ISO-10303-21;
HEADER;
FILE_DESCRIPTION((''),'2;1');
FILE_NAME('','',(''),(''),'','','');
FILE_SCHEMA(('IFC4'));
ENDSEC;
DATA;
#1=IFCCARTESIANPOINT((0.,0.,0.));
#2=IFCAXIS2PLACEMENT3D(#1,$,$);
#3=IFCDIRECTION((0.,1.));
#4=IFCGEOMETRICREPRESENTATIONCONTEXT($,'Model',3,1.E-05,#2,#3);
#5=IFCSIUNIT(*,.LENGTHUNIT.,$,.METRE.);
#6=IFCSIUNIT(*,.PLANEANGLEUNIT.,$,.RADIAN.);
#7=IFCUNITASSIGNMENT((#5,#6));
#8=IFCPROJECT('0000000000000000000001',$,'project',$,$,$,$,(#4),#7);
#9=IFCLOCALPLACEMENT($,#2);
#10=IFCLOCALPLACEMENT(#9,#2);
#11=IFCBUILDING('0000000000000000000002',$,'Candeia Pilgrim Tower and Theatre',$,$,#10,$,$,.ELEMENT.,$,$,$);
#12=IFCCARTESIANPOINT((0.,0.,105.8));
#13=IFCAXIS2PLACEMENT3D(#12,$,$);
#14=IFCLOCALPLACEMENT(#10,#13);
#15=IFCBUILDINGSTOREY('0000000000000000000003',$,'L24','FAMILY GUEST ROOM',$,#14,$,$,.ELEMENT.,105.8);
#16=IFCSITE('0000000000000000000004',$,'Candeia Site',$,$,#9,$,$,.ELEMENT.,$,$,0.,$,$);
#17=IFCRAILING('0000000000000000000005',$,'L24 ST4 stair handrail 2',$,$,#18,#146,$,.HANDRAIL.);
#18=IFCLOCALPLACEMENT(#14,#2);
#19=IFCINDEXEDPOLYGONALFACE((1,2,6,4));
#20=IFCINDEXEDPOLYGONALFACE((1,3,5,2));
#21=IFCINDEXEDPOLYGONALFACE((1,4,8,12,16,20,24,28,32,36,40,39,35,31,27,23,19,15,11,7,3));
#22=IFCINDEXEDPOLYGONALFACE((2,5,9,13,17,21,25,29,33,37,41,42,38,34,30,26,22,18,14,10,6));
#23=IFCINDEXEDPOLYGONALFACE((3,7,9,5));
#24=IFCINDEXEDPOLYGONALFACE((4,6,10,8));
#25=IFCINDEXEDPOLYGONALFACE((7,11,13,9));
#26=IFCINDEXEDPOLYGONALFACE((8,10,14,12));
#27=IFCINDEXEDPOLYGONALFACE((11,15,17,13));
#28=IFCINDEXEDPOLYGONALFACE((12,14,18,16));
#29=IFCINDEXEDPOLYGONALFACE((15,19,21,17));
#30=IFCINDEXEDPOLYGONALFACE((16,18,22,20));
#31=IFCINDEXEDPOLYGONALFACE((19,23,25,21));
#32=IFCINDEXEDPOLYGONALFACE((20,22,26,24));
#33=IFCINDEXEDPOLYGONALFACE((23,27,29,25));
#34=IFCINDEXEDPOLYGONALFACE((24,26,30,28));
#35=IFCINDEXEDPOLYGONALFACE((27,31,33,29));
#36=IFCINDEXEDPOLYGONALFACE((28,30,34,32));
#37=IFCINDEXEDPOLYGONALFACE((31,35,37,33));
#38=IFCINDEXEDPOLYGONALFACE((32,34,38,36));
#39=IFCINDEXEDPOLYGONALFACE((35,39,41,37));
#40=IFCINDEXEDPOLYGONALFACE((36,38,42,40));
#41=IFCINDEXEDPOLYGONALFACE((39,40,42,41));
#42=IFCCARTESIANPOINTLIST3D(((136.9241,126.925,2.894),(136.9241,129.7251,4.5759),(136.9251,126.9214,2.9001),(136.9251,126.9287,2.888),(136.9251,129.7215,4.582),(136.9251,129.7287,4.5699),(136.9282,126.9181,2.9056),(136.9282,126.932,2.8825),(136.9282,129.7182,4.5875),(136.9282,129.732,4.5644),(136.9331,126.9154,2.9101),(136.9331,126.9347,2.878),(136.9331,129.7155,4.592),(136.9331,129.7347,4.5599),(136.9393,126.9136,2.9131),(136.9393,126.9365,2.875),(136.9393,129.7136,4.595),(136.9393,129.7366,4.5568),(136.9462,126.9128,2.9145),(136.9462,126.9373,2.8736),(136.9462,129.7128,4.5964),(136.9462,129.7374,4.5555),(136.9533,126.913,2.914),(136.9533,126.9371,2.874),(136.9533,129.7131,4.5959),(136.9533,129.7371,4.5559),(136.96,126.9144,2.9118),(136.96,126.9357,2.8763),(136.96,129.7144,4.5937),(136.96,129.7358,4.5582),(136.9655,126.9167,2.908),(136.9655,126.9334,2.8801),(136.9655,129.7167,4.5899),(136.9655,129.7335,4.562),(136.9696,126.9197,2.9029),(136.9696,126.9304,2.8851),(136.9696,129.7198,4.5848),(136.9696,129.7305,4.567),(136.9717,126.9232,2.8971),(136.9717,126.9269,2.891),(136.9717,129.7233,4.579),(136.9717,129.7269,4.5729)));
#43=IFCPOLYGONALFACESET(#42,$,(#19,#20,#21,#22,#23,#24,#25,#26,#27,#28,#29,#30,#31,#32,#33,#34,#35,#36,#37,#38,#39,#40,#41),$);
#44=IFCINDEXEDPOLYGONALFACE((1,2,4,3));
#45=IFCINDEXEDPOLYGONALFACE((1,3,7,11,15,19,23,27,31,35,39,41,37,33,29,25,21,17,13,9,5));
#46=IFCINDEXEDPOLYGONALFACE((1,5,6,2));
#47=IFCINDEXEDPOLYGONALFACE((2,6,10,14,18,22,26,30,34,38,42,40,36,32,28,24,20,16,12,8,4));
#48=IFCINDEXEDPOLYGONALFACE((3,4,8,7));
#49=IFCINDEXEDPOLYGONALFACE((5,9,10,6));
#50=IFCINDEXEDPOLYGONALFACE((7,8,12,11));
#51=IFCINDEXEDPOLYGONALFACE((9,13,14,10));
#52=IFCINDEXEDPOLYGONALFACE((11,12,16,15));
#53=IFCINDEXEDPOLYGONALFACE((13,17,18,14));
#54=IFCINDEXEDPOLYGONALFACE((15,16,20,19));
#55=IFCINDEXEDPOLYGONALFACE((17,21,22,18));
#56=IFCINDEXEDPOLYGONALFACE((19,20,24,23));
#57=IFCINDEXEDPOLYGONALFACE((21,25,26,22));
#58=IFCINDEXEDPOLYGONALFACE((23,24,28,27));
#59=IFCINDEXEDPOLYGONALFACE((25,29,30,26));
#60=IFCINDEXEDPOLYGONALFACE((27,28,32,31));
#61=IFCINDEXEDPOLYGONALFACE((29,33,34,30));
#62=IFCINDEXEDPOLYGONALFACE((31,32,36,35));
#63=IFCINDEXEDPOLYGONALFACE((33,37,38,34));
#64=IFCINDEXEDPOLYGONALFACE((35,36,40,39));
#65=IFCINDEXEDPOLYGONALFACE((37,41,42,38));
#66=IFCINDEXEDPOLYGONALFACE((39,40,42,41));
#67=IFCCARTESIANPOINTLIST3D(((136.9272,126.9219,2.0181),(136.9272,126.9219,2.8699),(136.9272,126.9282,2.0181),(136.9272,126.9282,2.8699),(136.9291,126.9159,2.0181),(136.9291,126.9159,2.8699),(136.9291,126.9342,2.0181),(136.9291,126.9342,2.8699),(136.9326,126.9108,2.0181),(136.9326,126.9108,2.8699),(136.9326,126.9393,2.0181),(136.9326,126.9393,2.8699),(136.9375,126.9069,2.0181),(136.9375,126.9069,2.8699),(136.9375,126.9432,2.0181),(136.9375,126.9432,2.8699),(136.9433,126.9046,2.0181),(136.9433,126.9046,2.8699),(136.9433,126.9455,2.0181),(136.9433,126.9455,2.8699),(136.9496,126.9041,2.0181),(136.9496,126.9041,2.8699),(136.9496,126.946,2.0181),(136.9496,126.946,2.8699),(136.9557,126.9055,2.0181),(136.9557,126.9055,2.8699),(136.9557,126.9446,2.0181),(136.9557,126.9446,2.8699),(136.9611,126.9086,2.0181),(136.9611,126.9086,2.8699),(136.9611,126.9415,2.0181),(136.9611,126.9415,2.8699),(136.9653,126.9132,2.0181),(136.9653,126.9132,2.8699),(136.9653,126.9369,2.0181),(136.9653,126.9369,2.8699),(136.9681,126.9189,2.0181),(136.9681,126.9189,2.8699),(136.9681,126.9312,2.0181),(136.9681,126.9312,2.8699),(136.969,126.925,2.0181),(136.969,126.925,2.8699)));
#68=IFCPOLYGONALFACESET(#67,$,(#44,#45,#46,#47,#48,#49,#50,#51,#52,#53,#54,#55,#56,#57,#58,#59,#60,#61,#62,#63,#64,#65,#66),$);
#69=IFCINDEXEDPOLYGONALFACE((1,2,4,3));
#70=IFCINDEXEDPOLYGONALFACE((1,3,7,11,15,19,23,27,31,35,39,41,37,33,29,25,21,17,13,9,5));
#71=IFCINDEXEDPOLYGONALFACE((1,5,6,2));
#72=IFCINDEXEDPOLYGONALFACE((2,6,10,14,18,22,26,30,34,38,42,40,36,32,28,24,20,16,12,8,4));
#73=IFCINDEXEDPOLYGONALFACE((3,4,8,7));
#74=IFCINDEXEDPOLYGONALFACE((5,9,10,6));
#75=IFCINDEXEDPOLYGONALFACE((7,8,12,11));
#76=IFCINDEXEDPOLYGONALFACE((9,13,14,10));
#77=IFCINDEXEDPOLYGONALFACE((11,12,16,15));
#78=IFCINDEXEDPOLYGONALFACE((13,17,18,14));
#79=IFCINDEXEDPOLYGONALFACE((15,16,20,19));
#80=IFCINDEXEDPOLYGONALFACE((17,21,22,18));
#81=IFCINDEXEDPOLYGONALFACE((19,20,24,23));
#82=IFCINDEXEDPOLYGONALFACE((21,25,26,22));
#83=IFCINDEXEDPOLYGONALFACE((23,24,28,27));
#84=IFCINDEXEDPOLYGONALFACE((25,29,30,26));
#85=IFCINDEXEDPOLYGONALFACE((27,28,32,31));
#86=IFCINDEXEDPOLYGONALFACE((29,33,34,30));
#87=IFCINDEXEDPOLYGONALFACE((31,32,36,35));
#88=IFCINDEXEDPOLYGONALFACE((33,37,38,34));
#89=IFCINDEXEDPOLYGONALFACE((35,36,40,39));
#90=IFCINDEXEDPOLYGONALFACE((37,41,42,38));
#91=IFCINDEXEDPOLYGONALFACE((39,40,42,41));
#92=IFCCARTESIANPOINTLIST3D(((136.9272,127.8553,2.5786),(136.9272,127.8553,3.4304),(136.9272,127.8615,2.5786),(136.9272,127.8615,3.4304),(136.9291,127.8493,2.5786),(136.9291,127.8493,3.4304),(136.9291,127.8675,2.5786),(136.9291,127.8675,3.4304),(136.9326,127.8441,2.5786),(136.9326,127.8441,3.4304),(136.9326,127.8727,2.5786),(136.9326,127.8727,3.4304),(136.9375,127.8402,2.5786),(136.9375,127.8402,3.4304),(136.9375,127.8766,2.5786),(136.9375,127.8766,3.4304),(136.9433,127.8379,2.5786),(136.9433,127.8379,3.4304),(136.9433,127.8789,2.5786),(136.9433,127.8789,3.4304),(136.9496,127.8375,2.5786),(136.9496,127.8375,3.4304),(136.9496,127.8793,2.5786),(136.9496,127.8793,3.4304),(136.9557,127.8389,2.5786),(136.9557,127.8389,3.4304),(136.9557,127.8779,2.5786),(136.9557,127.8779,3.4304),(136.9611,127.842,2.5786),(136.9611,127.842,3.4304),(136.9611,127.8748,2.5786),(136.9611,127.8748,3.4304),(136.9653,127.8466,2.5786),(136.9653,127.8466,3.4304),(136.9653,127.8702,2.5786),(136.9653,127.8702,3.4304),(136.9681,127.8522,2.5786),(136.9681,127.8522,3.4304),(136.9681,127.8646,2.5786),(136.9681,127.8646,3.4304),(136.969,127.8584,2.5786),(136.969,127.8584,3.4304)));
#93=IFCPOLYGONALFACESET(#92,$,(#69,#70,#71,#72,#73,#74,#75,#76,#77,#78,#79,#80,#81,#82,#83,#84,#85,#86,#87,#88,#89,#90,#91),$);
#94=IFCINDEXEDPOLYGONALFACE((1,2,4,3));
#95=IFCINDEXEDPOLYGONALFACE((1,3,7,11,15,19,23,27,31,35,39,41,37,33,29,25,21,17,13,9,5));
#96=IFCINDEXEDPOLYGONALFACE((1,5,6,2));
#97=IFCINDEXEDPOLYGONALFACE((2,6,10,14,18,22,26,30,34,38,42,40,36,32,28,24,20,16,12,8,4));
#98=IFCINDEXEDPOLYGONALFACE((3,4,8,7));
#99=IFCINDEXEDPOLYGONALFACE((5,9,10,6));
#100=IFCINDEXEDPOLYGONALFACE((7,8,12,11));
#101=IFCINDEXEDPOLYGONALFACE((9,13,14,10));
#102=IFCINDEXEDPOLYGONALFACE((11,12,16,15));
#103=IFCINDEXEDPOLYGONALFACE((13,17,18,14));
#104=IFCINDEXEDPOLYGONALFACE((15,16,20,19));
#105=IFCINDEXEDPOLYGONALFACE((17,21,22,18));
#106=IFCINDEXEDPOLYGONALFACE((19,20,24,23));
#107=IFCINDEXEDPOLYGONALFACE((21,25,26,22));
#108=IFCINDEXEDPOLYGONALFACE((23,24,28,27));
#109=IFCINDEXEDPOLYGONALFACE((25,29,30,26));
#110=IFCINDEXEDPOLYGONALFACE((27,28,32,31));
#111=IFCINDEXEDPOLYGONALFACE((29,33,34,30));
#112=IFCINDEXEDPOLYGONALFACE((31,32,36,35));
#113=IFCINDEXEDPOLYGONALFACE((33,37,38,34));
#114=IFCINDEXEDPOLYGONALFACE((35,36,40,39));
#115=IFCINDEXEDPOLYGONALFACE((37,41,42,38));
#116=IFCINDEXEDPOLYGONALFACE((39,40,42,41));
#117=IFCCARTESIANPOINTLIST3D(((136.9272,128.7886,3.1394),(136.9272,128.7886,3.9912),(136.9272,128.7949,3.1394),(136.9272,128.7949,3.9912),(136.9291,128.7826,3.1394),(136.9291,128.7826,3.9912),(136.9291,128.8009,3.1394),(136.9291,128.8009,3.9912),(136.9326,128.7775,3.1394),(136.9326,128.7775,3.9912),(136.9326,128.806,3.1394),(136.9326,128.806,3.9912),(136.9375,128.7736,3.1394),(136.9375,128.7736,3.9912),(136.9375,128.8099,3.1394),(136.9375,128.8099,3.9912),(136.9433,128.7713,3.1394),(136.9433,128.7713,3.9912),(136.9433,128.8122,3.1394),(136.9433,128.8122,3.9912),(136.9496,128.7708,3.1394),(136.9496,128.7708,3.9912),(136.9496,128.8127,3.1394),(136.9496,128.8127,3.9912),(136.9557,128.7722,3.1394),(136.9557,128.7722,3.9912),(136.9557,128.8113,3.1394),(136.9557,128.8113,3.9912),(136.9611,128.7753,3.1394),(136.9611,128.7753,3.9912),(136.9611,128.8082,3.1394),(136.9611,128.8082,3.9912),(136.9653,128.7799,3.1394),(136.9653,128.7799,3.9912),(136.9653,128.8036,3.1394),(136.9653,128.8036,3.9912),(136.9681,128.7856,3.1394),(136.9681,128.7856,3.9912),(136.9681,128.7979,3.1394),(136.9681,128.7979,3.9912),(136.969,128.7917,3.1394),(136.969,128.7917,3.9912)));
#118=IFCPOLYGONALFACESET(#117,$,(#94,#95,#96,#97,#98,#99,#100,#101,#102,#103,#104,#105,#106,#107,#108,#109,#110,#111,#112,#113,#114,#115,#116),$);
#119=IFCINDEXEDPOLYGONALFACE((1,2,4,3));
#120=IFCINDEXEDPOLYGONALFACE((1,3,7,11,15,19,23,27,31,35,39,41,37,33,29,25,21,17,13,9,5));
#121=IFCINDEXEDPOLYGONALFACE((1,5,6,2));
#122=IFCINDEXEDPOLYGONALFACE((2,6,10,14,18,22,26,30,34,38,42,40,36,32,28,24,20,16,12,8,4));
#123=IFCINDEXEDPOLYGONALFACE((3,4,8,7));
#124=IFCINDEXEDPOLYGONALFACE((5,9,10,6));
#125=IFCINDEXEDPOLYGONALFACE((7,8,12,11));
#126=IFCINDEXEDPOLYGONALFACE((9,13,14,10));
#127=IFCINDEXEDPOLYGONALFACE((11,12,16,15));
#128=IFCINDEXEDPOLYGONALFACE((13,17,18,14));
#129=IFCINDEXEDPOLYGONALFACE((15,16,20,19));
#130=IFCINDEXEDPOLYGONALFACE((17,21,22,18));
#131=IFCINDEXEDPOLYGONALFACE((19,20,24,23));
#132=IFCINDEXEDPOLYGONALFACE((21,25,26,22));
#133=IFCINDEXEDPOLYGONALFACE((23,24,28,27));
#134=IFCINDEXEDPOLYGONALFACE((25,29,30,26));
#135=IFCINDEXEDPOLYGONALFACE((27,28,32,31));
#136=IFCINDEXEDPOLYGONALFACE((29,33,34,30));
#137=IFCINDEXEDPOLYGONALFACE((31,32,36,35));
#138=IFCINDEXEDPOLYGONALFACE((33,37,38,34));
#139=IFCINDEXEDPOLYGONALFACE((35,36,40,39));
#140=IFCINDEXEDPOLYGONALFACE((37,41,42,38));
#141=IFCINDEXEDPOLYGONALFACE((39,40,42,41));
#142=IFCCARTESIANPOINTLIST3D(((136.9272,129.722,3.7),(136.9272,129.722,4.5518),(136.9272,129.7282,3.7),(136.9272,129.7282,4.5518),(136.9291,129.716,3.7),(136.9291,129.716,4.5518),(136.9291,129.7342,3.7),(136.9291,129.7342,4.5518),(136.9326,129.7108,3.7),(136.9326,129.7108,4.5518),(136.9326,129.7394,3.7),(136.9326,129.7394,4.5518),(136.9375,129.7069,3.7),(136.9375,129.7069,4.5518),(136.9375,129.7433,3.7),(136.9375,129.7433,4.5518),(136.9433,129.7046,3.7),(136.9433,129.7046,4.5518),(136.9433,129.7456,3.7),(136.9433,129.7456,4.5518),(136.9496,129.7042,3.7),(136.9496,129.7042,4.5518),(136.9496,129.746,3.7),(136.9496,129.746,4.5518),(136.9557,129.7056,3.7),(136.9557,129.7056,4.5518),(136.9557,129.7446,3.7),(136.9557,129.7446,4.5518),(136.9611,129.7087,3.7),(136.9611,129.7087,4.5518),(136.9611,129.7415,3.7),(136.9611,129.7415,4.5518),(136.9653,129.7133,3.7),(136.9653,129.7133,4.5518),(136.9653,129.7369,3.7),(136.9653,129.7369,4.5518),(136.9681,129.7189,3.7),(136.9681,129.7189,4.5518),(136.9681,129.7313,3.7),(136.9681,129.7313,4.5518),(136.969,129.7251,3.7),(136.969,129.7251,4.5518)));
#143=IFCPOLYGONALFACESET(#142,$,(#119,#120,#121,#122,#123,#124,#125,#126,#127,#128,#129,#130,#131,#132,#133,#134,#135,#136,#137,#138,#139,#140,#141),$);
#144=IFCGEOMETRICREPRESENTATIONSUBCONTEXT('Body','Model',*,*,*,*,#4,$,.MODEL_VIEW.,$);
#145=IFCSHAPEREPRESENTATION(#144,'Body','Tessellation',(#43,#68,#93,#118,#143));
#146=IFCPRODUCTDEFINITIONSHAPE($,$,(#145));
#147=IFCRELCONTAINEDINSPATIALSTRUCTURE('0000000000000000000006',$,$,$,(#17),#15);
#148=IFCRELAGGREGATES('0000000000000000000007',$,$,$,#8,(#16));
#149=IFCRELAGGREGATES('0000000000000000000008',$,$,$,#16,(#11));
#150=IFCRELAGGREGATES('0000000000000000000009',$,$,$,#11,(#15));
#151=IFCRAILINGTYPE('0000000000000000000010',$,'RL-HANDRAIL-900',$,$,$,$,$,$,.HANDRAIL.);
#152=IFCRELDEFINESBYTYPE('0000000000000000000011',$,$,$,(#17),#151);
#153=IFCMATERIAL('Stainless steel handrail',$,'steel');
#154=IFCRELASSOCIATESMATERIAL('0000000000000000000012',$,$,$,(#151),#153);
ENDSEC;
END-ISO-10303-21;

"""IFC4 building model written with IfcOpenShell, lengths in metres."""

from ifc_helpers import new_model, si_unit, direction, frame, origin, origin_2d, place, context, subcontext, project, spatial, circle, extrude, material, type_object, element, save


model = new_model("IFC4")

# Units and contexts
model_context = context("Model", 3, precision=1e-05, world=origin(), true_north=direction((0.0, 1.0)))
body_context = subcontext(model_context, "Body", "Model", "MODEL_VIEW")
ifc_project = project(units=[si_unit("LENGTHUNIT", "METRE"), si_unit("PLANEANGLEUNIT", "RADIAN")], contexts=[model_context])

# Site, building, storey
site_placement = place(None, origin())
site = spatial("IfcSite", under=ifc_project, at=site_placement, Name="Candeia Site", CompositionType="ELEMENT", RefElevation=0.0)
building_placement = place(site_placement, origin())
building = spatial("IfcBuilding", under=site, at=building_placement, Name="Candeia Pilgrim Tower and Theatre", CompositionType="ELEMENT")
storey_placement = place(building_placement, frame((0.0, 0.0, 105.8)))
storey = spatial("IfcBuildingStorey", under=building, at=storey_placement, Name="L24", Description="FAMILY GUEST ROOM", CompositionType="ELEMENT", Elevation=105.8)

# Railing
ifc_material_1 = material(Name="Stainless steel handrail", Category="steel")
railing_type_1 = type_object("IfcRailingType", Name="RL-HANDRAIL-900", PredefinedType="HANDRAIL", material=ifc_material_1)
railing_1_placement = place(storey_placement, frame((136.948, 126.925, 2.0181)))
element("IfcRailing", 1, at=railing_1_placement, inside=storey, type_object=railing_type_1, Name="L24 ST4 stair handrail 2", PredefinedType="HANDRAIL", context=body_context, shape_type="SweptSolid", body=[
    extrude(circle(Radius=0.0239, at=origin_2d()), frame((0.0, 0.0, 0.876), z_axis=(0.0, 0.857242, 0.514913), x_axis=(-1.0, 0.0, 0.0)), (0.0, 0.0, 1.0), 3.2664),
    extrude(circle(Radius=0.021, at=origin_2d()), origin(), (0.0, 0.0, 1.0), 0.8518),
    extrude(circle(Radius=0.021, at=origin_2d()), frame((0.0, 0.9333, 0.5605)), (0.0, 0.0, 1.0), 0.8518),
    extrude(circle(Radius=0.021, at=origin_2d()), frame((0.0, 1.8667, 1.1213)), (0.0, 0.0, 1.0), 0.8518),
    extrude(circle(Radius=0.021, at=origin_2d()), frame((0.0, 2.8, 1.6819)), (0.0, 0.0, 1.0), 0.8518),
])

save(model, "model.ifc")
